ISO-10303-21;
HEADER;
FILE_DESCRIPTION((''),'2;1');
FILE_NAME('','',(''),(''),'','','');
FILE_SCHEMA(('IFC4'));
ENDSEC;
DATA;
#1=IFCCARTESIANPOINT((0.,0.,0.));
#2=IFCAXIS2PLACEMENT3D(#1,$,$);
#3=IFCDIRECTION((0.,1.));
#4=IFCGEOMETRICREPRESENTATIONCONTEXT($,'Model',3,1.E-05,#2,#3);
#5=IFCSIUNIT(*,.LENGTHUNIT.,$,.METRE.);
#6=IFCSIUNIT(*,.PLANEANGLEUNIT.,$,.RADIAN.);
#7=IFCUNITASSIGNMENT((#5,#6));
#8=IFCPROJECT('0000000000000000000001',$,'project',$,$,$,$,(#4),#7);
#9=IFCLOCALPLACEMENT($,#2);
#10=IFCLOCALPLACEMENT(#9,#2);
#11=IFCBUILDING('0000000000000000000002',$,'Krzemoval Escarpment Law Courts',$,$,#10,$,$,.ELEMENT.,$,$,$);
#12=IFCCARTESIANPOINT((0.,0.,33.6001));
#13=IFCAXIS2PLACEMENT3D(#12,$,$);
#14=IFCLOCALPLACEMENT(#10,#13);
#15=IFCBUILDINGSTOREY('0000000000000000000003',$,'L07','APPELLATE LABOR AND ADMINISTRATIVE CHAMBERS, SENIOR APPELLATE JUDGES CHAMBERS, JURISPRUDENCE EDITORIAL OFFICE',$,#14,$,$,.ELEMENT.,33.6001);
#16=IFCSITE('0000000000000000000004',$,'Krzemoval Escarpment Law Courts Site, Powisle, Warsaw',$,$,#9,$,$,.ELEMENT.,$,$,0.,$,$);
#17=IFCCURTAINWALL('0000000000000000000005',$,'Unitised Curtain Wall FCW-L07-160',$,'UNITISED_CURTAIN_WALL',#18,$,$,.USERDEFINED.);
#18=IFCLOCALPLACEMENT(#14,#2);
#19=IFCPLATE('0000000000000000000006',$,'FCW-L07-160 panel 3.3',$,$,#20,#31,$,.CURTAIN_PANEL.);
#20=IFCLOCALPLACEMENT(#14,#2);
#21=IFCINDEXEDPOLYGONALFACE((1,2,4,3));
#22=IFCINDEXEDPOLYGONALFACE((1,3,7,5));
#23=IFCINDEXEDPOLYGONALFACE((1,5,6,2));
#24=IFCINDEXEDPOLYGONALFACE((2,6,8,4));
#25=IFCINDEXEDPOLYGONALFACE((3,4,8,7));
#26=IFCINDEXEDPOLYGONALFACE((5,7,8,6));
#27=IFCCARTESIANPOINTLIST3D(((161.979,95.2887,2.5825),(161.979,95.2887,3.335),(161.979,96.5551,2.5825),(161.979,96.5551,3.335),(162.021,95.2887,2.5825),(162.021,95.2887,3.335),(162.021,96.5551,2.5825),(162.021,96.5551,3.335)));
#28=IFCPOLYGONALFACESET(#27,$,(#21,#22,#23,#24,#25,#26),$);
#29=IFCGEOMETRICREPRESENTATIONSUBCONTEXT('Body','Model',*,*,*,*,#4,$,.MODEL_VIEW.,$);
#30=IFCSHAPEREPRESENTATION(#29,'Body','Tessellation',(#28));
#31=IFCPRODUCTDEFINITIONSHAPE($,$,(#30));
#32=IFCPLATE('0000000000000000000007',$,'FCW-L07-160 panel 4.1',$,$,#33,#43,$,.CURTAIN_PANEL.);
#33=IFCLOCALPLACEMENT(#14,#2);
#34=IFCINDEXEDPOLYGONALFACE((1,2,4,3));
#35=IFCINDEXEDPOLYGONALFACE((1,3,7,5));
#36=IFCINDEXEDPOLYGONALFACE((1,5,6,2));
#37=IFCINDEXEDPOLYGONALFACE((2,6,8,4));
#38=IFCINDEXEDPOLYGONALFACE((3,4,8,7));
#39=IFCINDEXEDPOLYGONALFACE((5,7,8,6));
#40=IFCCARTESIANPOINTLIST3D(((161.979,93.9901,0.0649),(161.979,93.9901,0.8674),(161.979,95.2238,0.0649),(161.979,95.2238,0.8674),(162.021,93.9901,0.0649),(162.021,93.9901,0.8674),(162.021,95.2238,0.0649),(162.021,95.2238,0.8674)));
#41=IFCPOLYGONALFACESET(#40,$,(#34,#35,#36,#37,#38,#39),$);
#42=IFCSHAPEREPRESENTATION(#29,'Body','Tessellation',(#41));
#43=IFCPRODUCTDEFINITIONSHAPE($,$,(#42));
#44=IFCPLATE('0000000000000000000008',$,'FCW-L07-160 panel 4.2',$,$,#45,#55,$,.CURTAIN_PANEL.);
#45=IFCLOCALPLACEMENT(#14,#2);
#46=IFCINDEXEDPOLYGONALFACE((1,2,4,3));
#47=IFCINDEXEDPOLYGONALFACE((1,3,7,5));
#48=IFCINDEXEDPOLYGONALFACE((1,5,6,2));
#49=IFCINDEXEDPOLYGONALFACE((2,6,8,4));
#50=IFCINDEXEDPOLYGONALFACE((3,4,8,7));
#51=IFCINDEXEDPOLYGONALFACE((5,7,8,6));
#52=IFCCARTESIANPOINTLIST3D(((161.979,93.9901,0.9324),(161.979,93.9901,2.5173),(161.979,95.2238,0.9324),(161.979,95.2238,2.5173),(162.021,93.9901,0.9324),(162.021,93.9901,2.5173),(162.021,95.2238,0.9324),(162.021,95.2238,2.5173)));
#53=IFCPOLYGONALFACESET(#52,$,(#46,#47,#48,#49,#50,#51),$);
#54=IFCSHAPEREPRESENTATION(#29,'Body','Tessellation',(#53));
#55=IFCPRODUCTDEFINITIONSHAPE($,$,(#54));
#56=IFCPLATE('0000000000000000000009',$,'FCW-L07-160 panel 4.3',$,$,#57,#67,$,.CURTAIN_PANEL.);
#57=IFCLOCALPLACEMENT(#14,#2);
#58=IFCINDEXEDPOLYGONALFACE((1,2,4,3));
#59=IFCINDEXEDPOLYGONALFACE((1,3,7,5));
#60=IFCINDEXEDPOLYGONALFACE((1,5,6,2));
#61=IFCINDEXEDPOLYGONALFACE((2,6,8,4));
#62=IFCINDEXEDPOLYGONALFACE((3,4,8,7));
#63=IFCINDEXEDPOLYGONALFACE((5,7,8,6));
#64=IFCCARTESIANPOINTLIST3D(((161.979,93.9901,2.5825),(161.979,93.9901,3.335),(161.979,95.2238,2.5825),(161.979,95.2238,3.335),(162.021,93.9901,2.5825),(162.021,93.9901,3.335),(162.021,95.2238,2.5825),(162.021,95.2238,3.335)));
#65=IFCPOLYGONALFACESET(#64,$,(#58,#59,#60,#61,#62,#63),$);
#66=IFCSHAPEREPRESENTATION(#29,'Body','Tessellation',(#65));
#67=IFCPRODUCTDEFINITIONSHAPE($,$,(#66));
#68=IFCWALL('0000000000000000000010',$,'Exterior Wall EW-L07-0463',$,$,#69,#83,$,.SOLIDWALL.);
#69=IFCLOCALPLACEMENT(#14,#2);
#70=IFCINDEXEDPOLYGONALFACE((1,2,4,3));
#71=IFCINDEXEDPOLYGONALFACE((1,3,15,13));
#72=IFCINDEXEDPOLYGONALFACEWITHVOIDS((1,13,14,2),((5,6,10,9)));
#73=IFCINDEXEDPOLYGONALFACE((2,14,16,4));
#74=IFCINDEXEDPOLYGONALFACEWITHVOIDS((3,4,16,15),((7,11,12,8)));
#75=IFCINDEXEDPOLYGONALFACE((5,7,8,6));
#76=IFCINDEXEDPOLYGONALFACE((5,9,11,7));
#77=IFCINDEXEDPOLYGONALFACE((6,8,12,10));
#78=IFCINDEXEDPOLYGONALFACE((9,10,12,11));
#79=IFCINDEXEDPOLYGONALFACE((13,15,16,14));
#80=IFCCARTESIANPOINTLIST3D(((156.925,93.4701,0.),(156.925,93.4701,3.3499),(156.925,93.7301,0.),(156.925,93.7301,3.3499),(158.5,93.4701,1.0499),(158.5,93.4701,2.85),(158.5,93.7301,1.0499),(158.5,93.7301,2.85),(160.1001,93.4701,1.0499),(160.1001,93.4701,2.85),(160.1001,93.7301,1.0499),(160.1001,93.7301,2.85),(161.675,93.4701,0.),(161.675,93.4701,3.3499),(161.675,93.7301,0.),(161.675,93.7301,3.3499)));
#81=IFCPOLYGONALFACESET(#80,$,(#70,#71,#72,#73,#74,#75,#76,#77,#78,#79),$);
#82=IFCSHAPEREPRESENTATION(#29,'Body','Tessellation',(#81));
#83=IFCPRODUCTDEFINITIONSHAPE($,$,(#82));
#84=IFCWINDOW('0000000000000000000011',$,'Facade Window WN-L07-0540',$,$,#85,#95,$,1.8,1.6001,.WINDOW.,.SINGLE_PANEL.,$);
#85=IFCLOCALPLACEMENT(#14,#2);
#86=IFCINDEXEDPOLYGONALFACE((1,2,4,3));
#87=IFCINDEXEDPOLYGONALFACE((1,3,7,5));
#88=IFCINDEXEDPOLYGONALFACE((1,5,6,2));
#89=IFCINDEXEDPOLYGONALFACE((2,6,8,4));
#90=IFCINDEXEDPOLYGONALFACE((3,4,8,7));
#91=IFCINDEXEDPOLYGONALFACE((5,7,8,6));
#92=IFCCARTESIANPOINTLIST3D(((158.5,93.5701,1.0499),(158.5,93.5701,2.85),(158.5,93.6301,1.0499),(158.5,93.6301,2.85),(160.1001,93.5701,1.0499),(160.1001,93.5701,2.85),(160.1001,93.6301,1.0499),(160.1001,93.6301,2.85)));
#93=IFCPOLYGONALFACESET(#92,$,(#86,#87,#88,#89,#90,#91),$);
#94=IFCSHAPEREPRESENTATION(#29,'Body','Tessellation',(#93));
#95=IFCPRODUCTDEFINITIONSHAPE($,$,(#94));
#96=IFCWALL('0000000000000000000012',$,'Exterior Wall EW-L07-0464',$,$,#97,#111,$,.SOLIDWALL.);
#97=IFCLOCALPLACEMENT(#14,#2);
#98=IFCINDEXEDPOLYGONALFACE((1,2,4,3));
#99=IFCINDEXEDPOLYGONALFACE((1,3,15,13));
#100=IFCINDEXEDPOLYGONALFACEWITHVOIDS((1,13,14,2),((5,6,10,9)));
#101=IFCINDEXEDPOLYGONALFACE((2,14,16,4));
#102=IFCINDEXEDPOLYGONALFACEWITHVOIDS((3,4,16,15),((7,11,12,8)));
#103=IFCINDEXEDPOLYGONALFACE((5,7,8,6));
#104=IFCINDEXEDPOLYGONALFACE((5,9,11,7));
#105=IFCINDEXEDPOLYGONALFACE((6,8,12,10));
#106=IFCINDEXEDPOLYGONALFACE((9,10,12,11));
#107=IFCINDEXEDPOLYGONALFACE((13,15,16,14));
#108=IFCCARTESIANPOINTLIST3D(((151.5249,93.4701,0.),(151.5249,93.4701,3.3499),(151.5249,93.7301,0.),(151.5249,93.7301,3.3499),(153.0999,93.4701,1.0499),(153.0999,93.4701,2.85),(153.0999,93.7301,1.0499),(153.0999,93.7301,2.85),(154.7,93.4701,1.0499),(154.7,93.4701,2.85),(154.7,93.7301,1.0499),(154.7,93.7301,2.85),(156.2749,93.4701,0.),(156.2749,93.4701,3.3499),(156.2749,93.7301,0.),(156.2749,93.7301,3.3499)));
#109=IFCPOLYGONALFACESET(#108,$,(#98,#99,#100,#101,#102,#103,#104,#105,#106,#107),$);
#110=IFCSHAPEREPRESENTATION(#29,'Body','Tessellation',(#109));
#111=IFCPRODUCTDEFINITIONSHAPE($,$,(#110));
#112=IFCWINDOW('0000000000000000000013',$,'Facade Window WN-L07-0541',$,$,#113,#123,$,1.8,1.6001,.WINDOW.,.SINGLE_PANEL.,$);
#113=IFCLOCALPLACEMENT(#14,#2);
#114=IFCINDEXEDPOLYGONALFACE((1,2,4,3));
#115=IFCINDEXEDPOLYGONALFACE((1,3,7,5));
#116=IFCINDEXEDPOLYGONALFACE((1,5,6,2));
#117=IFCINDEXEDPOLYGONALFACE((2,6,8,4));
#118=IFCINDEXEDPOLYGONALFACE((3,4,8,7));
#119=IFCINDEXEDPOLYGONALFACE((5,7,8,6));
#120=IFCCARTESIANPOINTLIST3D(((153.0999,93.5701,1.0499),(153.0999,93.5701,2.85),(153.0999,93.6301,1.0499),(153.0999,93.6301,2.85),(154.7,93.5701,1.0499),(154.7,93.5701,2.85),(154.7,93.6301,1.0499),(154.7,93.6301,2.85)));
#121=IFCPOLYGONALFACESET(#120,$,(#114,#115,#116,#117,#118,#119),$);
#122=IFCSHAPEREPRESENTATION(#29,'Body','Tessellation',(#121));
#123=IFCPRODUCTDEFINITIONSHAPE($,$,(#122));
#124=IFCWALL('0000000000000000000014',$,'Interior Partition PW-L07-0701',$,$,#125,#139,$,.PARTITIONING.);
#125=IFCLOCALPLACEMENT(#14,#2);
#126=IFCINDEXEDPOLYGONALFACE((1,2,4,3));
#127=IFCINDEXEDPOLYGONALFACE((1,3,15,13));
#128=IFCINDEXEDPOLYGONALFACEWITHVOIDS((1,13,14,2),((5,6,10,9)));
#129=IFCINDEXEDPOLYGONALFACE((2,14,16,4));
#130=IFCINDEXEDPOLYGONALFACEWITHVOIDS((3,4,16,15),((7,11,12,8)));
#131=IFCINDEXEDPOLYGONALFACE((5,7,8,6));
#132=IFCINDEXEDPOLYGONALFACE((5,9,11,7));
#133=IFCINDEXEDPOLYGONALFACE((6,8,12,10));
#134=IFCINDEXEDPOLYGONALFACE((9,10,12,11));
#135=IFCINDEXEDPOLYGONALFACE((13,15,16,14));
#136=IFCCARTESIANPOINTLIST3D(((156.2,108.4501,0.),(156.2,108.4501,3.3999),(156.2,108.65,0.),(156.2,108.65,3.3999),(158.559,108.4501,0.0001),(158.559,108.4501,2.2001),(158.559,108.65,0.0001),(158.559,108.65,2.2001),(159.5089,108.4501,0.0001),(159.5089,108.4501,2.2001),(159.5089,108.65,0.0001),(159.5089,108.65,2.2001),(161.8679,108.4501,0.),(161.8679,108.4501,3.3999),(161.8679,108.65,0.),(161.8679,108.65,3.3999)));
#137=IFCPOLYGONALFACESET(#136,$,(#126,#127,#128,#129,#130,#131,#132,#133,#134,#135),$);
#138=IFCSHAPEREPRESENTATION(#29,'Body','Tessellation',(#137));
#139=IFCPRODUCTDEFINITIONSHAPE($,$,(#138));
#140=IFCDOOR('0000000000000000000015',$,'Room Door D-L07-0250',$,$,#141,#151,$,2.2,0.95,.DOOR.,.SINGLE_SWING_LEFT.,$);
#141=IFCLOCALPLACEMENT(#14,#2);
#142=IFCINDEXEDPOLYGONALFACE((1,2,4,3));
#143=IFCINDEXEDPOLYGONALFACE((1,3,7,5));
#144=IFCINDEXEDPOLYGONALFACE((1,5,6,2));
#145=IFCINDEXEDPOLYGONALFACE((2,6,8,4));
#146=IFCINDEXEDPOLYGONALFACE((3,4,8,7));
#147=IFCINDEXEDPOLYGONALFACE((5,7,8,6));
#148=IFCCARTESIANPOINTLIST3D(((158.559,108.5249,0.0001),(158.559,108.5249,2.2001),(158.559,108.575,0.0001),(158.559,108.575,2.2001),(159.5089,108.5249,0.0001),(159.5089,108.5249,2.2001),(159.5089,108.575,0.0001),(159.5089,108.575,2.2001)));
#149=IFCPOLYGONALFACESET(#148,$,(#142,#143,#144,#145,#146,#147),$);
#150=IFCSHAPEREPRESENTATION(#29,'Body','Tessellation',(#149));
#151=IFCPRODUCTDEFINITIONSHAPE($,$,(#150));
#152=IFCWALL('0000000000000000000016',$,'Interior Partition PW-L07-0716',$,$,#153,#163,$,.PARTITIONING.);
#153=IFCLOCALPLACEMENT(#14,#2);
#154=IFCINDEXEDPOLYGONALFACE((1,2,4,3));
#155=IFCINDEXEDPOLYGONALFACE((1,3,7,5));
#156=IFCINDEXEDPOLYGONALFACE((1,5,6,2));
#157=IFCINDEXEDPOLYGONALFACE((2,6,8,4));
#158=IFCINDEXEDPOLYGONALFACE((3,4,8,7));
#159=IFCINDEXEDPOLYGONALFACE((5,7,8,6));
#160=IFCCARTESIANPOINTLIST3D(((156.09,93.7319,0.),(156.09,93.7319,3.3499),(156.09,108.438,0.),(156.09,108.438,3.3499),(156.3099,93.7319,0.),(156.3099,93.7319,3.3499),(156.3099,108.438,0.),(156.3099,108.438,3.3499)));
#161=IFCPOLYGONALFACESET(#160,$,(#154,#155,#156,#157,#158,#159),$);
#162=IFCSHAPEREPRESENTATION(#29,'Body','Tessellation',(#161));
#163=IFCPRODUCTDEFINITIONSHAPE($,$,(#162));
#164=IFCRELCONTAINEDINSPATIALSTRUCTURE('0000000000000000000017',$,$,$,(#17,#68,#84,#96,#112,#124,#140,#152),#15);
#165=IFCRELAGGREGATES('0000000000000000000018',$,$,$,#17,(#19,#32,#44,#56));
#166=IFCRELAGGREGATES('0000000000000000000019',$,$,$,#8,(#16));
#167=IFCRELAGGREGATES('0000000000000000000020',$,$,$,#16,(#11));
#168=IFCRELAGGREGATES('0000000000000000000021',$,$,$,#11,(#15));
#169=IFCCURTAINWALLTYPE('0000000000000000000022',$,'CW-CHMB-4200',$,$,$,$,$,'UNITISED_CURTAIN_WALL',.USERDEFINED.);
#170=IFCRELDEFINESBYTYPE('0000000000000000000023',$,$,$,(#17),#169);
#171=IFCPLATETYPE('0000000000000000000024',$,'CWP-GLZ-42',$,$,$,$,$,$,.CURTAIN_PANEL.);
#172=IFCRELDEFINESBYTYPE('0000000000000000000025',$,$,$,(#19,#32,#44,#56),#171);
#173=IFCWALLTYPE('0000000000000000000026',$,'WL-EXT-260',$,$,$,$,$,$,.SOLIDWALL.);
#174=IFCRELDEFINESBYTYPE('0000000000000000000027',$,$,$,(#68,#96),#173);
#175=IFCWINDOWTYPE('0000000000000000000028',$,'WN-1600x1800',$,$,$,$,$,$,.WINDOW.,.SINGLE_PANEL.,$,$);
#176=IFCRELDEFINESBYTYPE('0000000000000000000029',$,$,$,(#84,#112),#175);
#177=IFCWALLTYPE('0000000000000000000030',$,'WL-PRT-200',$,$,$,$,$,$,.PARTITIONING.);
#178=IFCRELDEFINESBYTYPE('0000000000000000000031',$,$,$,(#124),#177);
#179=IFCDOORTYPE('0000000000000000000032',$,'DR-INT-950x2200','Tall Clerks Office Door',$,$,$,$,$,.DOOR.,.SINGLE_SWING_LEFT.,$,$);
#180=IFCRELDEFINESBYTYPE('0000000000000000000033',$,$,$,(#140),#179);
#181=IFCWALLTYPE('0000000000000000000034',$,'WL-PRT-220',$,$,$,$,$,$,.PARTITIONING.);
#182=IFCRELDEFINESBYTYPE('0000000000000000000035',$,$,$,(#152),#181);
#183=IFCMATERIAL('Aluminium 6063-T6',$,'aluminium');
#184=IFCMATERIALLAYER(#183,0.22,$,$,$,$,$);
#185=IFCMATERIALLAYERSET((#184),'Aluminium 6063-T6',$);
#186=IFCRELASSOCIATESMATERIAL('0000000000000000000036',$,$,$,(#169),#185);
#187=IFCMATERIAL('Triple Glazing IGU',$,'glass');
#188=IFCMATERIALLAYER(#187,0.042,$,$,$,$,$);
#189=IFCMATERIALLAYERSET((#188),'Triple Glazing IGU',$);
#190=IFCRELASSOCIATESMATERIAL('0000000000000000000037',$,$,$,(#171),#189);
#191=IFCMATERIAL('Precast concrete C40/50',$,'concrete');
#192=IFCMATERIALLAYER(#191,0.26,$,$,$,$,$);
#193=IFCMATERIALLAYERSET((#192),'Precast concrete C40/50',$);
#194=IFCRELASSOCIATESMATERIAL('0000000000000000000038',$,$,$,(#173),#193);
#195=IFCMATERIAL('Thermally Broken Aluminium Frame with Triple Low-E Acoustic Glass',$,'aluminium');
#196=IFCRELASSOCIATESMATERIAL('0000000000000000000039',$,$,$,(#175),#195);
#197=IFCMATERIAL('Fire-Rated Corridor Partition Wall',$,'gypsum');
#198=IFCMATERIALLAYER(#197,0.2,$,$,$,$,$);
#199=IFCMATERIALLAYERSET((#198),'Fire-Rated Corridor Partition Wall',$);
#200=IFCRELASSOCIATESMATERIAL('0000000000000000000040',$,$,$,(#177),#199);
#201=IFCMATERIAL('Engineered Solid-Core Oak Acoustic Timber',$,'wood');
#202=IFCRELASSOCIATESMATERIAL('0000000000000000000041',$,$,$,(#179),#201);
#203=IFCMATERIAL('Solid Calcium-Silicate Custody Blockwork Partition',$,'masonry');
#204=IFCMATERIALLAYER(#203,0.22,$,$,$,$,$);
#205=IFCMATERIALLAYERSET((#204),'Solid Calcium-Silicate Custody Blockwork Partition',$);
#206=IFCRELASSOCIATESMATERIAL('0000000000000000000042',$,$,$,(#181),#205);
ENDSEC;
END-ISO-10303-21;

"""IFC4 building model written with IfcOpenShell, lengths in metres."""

from ifc_helpers import new_model, si_unit, direction, frame, frame_2d, origin, origin_2d, place, context, subcontext, project, spatial, rectangle, extrude, material, layer, layer_set, type_object, element, fill, aggregate, save


model = new_model("IFC4")

# Units and contexts
model_context = context("Model", 3, precision=1e-05, world=origin(), true_north=direction((0.0, 1.0)))
body_context = subcontext(model_context, "Body", "Model", "MODEL_VIEW")
ifc_project = project(units=[si_unit("LENGTHUNIT", "METRE"), si_unit("PLANEANGLEUNIT", "RADIAN")], contexts=[model_context])

# Site, building, storey
site_placement = place(None, origin())
site = spatial("IfcSite", under=ifc_project, at=site_placement, Name="Krzemoval Escarpment Law Courts Site, Powisle, Warsaw", CompositionType="ELEMENT", RefElevation=0.0)
building_placement = place(site_placement, origin())
building = spatial("IfcBuilding", under=site, at=building_placement, Name="Krzemoval Escarpment Law Courts", CompositionType="ELEMENT")
storey_placement = place(building_placement, frame((0.0, 0.0, 33.6001)))
storey = spatial("IfcBuildingStorey", under=building, at=storey_placement, Name="L07", Description="APPELLATE LABOR AND ADMINISTRATIVE CHAMBERS, SENIOR APPELLATE JUDGES CHAMBERS, JURISPRUDENCE EDITORIAL OFFICE", CompositionType="ELEMENT", Elevation=33.6001)

# Curtain wall, plates
ifc_material_1 = material(Name="Aluminium 6063-T6", Category="aluminium")
ifc_layer_1 = layer(ifc_material_1, 0.22)
ifc_layer_set_1 = layer_set([ifc_layer_1], Name="Aluminium 6063-T6")
curtain_wall_type = type_object("IfcCurtainWallType", Name="CW-CHMB-4200", ElementType="UNITISED_CURTAIN_WALL", PredefinedType="USERDEFINED", material=ifc_layer_set_1)
curtain_wall_placement = place(storey_placement, origin())
curtain_wall = element("IfcCurtainWall", 1, at=curtain_wall_placement, inside=storey, type_object=curtain_wall_type, Name="Unitised Curtain Wall FCW-L07-160", ObjectType="UNITISED_CURTAIN_WALL", PredefinedType="USERDEFINED")
ifc_material_2 = material(Name="Triple Glazing IGU", Category="glass")
ifc_layer_2 = layer(ifc_material_2, 0.042)
ifc_layer_set_2 = layer_set([ifc_layer_2], Name="Triple Glazing IGU")
plate_type = type_object("IfcPlateType", Name="CWP-GLZ-42", PredefinedType="CURTAIN_PANEL", material=ifc_layer_set_2)
plate_1_placement = place(storey_placement, frame((162.0, 95.9219, 2.5825), z_axis=(0.0, 0.0, 1.0), x_axis=(0.0, -1.0, 0.0)))
plate_1 = element("IfcPlate", 2, at=plate_1_placement, type_object=plate_type, Name="FCW-L07-160 panel 3.3", PredefinedType="CURTAIN_PANEL", context=body_context, shape_type="SweptSolid", body=[
    extrude(rectangle(XDim=1.2664, YDim=0.042, at=origin_2d()), origin(), (0.0, 0.0, 1.0), 0.7524),
])
plate_2_placement = place(storey_placement, frame((162.0, 94.6069, 0.0649), z_axis=(0.0, 0.0, 1.0), x_axis=(0.0, -1.0, 0.0)))
plate_2 = element("IfcPlate", 3, at=plate_2_placement, type_object=plate_type, Name="FCW-L07-160 panel 4.1", PredefinedType="CURTAIN_PANEL", context=body_context, shape_type="SweptSolid", body=[
    extrude(rectangle(XDim=1.2336, YDim=0.042, at=origin_2d()), origin(), (0.0, 0.0, 1.0), 0.8025),
])
plate_3_placement = place(storey_placement, frame((162.0, 94.6069, 0.9324), z_axis=(0.0, 0.0, 1.0), x_axis=(0.0, -1.0, 0.0)))
plate_3 = element("IfcPlate", 4, at=plate_3_placement, type_object=plate_type, Name="FCW-L07-160 panel 4.2", PredefinedType="CURTAIN_PANEL", context=body_context, shape_type="SweptSolid", body=[
    extrude(rectangle(XDim=1.2336, YDim=0.042, at=origin_2d()), origin(), (0.0, 0.0, 1.0), 1.585),
])
plate_4_placement = place(storey_placement, frame((162.0, 94.6069, 2.5825), z_axis=(0.0, 0.0, 1.0), x_axis=(0.0, -1.0, 0.0)))
plate_4 = element("IfcPlate", 5, at=plate_4_placement, type_object=plate_type, Name="FCW-L07-160 panel 4.3", PredefinedType="CURTAIN_PANEL", context=body_context, shape_type="SweptSolid", body=[
    extrude(rectangle(XDim=1.2336, YDim=0.042, at=origin_2d()), origin(), (0.0, 0.0, 1.0), 0.7524),
])
aggregate(curtain_wall, [plate_1, plate_2, plate_3, plate_4])

# Walls, openings, windows
ifc_material_3 = material(Name="Precast concrete C40/50", Category="concrete")
ifc_layer_3 = layer(ifc_material_3, 0.26)
ifc_layer_set_3 = layer_set([ifc_layer_3], Name="Precast concrete C40/50")
wall_type_1 = type_object("IfcWallType", Name="WL-EXT-260", PredefinedType="SOLIDWALL", material=ifc_layer_set_3)
wall_1_placement = place(storey_placement, frame((161.675, 93.6001, 0.0), z_axis=(0.0, 0.0, 1.0), x_axis=(-1.0, 0.0, 0.0)))
wall_1 = element("IfcWall", 6, at=wall_1_placement, inside=storey, type_object=wall_type_1, Name="Exterior Wall EW-L07-0463", PredefinedType="SOLIDWALL", context=body_context, shape_type="SweptSolid", body=[
    extrude(rectangle(XDim=4.75, YDim=0.26, at=frame_2d((2.375, 0.0))), origin(), (0.0, 0.0, 1.0), 3.3499),
])
opening_1_placement = place(wall_1_placement, frame((1.575, 0.0, 1.05)))
opening_1 = element("IfcOpeningElement", 7, at=opening_1_placement, cuts=wall_1, PredefinedType="OPENING", context=body_context, shape_type="SweptSolid", body=[
    extrude(rectangle(XDim=1.6001, YDim=1.8, at=frame_2d((0.8, 0.8999))), frame((0.0, 0.145, 0.0), z_axis=(0.0, -1.0, 0.0), x_axis=(1.0, 0.0, 0.0)), (0.0, 0.0, 1.0), 0.29),
])
ifc_material_4 = material(Name="Thermally Broken Aluminium Frame with Triple Low-E Acoustic Glass", Category="aluminium")
window_type = type_object("IfcWindowType", Name="WN-1600x1800", PartitioningType="SINGLE_PANEL", PredefinedType="WINDOW", material=ifc_material_4)
window_1_placement = place(opening_1_placement, origin())
window_1 = element("IfcWindow", 8, at=window_1_placement, inside=storey, type_object=window_type, Name="Facade Window WN-L07-0540", OverallHeight=1.8, OverallWidth=1.6001, PartitioningType="SINGLE_PANEL", PredefinedType="WINDOW", context=body_context, shape_type="SweptSolid", body=[
    extrude(rectangle(XDim=1.6001, YDim=1.8, at=frame_2d((0.8, 0.8999))), frame((0.0, 0.03, 0.0), z_axis=(0.0, -1.0, 0.0), x_axis=(1.0, 0.0, 0.0)), (0.0, 0.0, 1.0), 0.0601),
])
fill(opening_1, window_1)
wall_2_placement = place(storey_placement, frame((156.2749, 93.6001, 0.0), z_axis=(0.0, 0.0, 1.0), x_axis=(-1.0, 0.0, 0.0)))
wall_2 = element("IfcWall", 9, at=wall_2_placement, inside=storey, type_object=wall_type_1, Name="Exterior Wall EW-L07-0464", PredefinedType="SOLIDWALL", context=body_context, shape_type="SweptSolid", body=[
    extrude(rectangle(XDim=4.75, YDim=0.26, at=frame_2d((2.375, 0.0))), origin(), (0.0, 0.0, 1.0), 3.3499),
])
opening_2_placement = place(wall_2_placement, frame((1.575, 0.0, 1.05)))
opening_2 = element("IfcOpeningElement", 10, at=opening_2_placement, cuts=wall_2, PredefinedType="OPENING", context=body_context, shape_type="SweptSolid", body=[
    extrude(rectangle(XDim=1.6001, YDim=1.8, at=frame_2d((0.8, 0.8999))), frame((0.0, 0.145, 0.0), z_axis=(0.0, -1.0, 0.0), x_axis=(1.0, 0.0, 0.0)), (0.0, 0.0, 1.0), 0.29),
])
window_2_placement = place(opening_2_placement, origin())
window_2 = element("IfcWindow", 11, at=window_2_placement, inside=storey, type_object=window_type, Name="Facade Window WN-L07-0541", OverallHeight=1.8, OverallWidth=1.6001, PartitioningType="SINGLE_PANEL", PredefinedType="WINDOW", context=body_context, shape_type="SweptSolid", body=[
    extrude(rectangle(XDim=1.6001, YDim=1.8, at=frame_2d((0.8, 0.8999))), frame((0.0, 0.03, 0.0), z_axis=(0.0, -1.0, 0.0), x_axis=(1.0, 0.0, 0.0)), (0.0, 0.0, 1.0), 0.0601),
])
fill(opening_2, window_2)

# Wall, opening, door
ifc_material_5 = material(Name="Fire-Rated Corridor Partition Wall", Category="gypsum")
ifc_layer_4 = layer(ifc_material_5, 0.2)
ifc_layer_set_4 = layer_set([ifc_layer_4], Name="Fire-Rated Corridor Partition Wall")
wall_type_2 = type_object("IfcWallType", Name="WL-PRT-200", PredefinedType="PARTITIONING", material=ifc_layer_set_4)
wall_3_placement = place(storey_placement, frame((156.2, 108.55, 0.0), z_axis=(0.0, 0.0, 1.0), x_axis=(1.0, 0.0, 0.0)))
wall_3 = element("IfcWall", 12, at=wall_3_placement, inside=storey, type_object=wall_type_2, Name="Interior Partition PW-L07-0701", PredefinedType="PARTITIONING", context=body_context, shape_type="SweptSolid", body=[
    extrude(rectangle(XDim=5.668, YDim=0.2, at=frame_2d((2.834, 0.0))), origin(), (0.0, 0.0, 1.0), 3.3999),
])
opening_3_placement = place(wall_3_placement, frame((2.3589, 0.0, 0.0)))
opening_3 = element("IfcOpeningElement", 13, at=opening_3_placement, cuts=wall_3, PredefinedType="OPENING", context=body_context, shape_type="SweptSolid", body=[
    extrude(rectangle(XDim=0.95, YDim=2.2, at=frame_2d((0.4751, 1.1001))), frame((0.0, 0.115, 0.0), z_axis=(0.0, -1.0, 0.0), x_axis=(1.0, 0.0, 0.0)), (0.0, 0.0, 1.0), 0.2299),
])
ifc_material_6 = material(Name="Engineered Solid-Core Oak Acoustic Timber", Category="wood")
door_type = type_object("IfcDoorType", Name="DR-INT-950x2200", Description="Tall Clerks Office Door", OperationType="SINGLE_SWING_LEFT", PredefinedType="DOOR", material=ifc_material_6)
door_placement = place(opening_3_placement, origin())
door = element("IfcDoor", 14, at=door_placement, inside=storey, type_object=door_type, Name="Room Door D-L07-0250", OperationType="SINGLE_SWING_LEFT", OverallHeight=2.2, OverallWidth=0.95, PredefinedType="DOOR", context=body_context, shape_type="SweptSolid", body=[
    extrude(rectangle(XDim=0.95, YDim=2.2, at=frame_2d((0.4751, 1.1001))), frame((0.0, 0.0249, 0.0), z_axis=(0.0, -1.0, 0.0), x_axis=(1.0, 0.0, 0.0)), (0.0, 0.0, 1.0), 0.05),
])
fill(opening_3, door)

# Wall
ifc_material_7 = material(Name="Solid Calcium-Silicate Custody Blockwork Partition", Category="masonry")
ifc_layer_5 = layer(ifc_material_7, 0.22)
ifc_layer_set_5 = layer_set([ifc_layer_5], Name="Solid Calcium-Silicate Custody Blockwork Partition")
wall_type_3 = type_object("IfcWallType", Name="WL-PRT-220", PredefinedType="PARTITIONING", material=ifc_layer_set_5)
wall_4_placement = place(storey_placement, frame((156.2, 93.7319, 0.0), z_axis=(0.0, 0.0, 1.0), x_axis=(0.0, 1.0, 0.0)))
element("IfcWall", 15, at=wall_4_placement, inside=storey, type_object=wall_type_3, Name="Interior Partition PW-L07-0716", PredefinedType="PARTITIONING", context=body_context, shape_type="SweptSolid", body=[
    extrude(rectangle(XDim=14.7061, YDim=0.22, at=frame_2d((7.353, 0.0))), origin(), (0.0, 0.0, 1.0), 3.3499),
])

save(model, "model.ifc")
